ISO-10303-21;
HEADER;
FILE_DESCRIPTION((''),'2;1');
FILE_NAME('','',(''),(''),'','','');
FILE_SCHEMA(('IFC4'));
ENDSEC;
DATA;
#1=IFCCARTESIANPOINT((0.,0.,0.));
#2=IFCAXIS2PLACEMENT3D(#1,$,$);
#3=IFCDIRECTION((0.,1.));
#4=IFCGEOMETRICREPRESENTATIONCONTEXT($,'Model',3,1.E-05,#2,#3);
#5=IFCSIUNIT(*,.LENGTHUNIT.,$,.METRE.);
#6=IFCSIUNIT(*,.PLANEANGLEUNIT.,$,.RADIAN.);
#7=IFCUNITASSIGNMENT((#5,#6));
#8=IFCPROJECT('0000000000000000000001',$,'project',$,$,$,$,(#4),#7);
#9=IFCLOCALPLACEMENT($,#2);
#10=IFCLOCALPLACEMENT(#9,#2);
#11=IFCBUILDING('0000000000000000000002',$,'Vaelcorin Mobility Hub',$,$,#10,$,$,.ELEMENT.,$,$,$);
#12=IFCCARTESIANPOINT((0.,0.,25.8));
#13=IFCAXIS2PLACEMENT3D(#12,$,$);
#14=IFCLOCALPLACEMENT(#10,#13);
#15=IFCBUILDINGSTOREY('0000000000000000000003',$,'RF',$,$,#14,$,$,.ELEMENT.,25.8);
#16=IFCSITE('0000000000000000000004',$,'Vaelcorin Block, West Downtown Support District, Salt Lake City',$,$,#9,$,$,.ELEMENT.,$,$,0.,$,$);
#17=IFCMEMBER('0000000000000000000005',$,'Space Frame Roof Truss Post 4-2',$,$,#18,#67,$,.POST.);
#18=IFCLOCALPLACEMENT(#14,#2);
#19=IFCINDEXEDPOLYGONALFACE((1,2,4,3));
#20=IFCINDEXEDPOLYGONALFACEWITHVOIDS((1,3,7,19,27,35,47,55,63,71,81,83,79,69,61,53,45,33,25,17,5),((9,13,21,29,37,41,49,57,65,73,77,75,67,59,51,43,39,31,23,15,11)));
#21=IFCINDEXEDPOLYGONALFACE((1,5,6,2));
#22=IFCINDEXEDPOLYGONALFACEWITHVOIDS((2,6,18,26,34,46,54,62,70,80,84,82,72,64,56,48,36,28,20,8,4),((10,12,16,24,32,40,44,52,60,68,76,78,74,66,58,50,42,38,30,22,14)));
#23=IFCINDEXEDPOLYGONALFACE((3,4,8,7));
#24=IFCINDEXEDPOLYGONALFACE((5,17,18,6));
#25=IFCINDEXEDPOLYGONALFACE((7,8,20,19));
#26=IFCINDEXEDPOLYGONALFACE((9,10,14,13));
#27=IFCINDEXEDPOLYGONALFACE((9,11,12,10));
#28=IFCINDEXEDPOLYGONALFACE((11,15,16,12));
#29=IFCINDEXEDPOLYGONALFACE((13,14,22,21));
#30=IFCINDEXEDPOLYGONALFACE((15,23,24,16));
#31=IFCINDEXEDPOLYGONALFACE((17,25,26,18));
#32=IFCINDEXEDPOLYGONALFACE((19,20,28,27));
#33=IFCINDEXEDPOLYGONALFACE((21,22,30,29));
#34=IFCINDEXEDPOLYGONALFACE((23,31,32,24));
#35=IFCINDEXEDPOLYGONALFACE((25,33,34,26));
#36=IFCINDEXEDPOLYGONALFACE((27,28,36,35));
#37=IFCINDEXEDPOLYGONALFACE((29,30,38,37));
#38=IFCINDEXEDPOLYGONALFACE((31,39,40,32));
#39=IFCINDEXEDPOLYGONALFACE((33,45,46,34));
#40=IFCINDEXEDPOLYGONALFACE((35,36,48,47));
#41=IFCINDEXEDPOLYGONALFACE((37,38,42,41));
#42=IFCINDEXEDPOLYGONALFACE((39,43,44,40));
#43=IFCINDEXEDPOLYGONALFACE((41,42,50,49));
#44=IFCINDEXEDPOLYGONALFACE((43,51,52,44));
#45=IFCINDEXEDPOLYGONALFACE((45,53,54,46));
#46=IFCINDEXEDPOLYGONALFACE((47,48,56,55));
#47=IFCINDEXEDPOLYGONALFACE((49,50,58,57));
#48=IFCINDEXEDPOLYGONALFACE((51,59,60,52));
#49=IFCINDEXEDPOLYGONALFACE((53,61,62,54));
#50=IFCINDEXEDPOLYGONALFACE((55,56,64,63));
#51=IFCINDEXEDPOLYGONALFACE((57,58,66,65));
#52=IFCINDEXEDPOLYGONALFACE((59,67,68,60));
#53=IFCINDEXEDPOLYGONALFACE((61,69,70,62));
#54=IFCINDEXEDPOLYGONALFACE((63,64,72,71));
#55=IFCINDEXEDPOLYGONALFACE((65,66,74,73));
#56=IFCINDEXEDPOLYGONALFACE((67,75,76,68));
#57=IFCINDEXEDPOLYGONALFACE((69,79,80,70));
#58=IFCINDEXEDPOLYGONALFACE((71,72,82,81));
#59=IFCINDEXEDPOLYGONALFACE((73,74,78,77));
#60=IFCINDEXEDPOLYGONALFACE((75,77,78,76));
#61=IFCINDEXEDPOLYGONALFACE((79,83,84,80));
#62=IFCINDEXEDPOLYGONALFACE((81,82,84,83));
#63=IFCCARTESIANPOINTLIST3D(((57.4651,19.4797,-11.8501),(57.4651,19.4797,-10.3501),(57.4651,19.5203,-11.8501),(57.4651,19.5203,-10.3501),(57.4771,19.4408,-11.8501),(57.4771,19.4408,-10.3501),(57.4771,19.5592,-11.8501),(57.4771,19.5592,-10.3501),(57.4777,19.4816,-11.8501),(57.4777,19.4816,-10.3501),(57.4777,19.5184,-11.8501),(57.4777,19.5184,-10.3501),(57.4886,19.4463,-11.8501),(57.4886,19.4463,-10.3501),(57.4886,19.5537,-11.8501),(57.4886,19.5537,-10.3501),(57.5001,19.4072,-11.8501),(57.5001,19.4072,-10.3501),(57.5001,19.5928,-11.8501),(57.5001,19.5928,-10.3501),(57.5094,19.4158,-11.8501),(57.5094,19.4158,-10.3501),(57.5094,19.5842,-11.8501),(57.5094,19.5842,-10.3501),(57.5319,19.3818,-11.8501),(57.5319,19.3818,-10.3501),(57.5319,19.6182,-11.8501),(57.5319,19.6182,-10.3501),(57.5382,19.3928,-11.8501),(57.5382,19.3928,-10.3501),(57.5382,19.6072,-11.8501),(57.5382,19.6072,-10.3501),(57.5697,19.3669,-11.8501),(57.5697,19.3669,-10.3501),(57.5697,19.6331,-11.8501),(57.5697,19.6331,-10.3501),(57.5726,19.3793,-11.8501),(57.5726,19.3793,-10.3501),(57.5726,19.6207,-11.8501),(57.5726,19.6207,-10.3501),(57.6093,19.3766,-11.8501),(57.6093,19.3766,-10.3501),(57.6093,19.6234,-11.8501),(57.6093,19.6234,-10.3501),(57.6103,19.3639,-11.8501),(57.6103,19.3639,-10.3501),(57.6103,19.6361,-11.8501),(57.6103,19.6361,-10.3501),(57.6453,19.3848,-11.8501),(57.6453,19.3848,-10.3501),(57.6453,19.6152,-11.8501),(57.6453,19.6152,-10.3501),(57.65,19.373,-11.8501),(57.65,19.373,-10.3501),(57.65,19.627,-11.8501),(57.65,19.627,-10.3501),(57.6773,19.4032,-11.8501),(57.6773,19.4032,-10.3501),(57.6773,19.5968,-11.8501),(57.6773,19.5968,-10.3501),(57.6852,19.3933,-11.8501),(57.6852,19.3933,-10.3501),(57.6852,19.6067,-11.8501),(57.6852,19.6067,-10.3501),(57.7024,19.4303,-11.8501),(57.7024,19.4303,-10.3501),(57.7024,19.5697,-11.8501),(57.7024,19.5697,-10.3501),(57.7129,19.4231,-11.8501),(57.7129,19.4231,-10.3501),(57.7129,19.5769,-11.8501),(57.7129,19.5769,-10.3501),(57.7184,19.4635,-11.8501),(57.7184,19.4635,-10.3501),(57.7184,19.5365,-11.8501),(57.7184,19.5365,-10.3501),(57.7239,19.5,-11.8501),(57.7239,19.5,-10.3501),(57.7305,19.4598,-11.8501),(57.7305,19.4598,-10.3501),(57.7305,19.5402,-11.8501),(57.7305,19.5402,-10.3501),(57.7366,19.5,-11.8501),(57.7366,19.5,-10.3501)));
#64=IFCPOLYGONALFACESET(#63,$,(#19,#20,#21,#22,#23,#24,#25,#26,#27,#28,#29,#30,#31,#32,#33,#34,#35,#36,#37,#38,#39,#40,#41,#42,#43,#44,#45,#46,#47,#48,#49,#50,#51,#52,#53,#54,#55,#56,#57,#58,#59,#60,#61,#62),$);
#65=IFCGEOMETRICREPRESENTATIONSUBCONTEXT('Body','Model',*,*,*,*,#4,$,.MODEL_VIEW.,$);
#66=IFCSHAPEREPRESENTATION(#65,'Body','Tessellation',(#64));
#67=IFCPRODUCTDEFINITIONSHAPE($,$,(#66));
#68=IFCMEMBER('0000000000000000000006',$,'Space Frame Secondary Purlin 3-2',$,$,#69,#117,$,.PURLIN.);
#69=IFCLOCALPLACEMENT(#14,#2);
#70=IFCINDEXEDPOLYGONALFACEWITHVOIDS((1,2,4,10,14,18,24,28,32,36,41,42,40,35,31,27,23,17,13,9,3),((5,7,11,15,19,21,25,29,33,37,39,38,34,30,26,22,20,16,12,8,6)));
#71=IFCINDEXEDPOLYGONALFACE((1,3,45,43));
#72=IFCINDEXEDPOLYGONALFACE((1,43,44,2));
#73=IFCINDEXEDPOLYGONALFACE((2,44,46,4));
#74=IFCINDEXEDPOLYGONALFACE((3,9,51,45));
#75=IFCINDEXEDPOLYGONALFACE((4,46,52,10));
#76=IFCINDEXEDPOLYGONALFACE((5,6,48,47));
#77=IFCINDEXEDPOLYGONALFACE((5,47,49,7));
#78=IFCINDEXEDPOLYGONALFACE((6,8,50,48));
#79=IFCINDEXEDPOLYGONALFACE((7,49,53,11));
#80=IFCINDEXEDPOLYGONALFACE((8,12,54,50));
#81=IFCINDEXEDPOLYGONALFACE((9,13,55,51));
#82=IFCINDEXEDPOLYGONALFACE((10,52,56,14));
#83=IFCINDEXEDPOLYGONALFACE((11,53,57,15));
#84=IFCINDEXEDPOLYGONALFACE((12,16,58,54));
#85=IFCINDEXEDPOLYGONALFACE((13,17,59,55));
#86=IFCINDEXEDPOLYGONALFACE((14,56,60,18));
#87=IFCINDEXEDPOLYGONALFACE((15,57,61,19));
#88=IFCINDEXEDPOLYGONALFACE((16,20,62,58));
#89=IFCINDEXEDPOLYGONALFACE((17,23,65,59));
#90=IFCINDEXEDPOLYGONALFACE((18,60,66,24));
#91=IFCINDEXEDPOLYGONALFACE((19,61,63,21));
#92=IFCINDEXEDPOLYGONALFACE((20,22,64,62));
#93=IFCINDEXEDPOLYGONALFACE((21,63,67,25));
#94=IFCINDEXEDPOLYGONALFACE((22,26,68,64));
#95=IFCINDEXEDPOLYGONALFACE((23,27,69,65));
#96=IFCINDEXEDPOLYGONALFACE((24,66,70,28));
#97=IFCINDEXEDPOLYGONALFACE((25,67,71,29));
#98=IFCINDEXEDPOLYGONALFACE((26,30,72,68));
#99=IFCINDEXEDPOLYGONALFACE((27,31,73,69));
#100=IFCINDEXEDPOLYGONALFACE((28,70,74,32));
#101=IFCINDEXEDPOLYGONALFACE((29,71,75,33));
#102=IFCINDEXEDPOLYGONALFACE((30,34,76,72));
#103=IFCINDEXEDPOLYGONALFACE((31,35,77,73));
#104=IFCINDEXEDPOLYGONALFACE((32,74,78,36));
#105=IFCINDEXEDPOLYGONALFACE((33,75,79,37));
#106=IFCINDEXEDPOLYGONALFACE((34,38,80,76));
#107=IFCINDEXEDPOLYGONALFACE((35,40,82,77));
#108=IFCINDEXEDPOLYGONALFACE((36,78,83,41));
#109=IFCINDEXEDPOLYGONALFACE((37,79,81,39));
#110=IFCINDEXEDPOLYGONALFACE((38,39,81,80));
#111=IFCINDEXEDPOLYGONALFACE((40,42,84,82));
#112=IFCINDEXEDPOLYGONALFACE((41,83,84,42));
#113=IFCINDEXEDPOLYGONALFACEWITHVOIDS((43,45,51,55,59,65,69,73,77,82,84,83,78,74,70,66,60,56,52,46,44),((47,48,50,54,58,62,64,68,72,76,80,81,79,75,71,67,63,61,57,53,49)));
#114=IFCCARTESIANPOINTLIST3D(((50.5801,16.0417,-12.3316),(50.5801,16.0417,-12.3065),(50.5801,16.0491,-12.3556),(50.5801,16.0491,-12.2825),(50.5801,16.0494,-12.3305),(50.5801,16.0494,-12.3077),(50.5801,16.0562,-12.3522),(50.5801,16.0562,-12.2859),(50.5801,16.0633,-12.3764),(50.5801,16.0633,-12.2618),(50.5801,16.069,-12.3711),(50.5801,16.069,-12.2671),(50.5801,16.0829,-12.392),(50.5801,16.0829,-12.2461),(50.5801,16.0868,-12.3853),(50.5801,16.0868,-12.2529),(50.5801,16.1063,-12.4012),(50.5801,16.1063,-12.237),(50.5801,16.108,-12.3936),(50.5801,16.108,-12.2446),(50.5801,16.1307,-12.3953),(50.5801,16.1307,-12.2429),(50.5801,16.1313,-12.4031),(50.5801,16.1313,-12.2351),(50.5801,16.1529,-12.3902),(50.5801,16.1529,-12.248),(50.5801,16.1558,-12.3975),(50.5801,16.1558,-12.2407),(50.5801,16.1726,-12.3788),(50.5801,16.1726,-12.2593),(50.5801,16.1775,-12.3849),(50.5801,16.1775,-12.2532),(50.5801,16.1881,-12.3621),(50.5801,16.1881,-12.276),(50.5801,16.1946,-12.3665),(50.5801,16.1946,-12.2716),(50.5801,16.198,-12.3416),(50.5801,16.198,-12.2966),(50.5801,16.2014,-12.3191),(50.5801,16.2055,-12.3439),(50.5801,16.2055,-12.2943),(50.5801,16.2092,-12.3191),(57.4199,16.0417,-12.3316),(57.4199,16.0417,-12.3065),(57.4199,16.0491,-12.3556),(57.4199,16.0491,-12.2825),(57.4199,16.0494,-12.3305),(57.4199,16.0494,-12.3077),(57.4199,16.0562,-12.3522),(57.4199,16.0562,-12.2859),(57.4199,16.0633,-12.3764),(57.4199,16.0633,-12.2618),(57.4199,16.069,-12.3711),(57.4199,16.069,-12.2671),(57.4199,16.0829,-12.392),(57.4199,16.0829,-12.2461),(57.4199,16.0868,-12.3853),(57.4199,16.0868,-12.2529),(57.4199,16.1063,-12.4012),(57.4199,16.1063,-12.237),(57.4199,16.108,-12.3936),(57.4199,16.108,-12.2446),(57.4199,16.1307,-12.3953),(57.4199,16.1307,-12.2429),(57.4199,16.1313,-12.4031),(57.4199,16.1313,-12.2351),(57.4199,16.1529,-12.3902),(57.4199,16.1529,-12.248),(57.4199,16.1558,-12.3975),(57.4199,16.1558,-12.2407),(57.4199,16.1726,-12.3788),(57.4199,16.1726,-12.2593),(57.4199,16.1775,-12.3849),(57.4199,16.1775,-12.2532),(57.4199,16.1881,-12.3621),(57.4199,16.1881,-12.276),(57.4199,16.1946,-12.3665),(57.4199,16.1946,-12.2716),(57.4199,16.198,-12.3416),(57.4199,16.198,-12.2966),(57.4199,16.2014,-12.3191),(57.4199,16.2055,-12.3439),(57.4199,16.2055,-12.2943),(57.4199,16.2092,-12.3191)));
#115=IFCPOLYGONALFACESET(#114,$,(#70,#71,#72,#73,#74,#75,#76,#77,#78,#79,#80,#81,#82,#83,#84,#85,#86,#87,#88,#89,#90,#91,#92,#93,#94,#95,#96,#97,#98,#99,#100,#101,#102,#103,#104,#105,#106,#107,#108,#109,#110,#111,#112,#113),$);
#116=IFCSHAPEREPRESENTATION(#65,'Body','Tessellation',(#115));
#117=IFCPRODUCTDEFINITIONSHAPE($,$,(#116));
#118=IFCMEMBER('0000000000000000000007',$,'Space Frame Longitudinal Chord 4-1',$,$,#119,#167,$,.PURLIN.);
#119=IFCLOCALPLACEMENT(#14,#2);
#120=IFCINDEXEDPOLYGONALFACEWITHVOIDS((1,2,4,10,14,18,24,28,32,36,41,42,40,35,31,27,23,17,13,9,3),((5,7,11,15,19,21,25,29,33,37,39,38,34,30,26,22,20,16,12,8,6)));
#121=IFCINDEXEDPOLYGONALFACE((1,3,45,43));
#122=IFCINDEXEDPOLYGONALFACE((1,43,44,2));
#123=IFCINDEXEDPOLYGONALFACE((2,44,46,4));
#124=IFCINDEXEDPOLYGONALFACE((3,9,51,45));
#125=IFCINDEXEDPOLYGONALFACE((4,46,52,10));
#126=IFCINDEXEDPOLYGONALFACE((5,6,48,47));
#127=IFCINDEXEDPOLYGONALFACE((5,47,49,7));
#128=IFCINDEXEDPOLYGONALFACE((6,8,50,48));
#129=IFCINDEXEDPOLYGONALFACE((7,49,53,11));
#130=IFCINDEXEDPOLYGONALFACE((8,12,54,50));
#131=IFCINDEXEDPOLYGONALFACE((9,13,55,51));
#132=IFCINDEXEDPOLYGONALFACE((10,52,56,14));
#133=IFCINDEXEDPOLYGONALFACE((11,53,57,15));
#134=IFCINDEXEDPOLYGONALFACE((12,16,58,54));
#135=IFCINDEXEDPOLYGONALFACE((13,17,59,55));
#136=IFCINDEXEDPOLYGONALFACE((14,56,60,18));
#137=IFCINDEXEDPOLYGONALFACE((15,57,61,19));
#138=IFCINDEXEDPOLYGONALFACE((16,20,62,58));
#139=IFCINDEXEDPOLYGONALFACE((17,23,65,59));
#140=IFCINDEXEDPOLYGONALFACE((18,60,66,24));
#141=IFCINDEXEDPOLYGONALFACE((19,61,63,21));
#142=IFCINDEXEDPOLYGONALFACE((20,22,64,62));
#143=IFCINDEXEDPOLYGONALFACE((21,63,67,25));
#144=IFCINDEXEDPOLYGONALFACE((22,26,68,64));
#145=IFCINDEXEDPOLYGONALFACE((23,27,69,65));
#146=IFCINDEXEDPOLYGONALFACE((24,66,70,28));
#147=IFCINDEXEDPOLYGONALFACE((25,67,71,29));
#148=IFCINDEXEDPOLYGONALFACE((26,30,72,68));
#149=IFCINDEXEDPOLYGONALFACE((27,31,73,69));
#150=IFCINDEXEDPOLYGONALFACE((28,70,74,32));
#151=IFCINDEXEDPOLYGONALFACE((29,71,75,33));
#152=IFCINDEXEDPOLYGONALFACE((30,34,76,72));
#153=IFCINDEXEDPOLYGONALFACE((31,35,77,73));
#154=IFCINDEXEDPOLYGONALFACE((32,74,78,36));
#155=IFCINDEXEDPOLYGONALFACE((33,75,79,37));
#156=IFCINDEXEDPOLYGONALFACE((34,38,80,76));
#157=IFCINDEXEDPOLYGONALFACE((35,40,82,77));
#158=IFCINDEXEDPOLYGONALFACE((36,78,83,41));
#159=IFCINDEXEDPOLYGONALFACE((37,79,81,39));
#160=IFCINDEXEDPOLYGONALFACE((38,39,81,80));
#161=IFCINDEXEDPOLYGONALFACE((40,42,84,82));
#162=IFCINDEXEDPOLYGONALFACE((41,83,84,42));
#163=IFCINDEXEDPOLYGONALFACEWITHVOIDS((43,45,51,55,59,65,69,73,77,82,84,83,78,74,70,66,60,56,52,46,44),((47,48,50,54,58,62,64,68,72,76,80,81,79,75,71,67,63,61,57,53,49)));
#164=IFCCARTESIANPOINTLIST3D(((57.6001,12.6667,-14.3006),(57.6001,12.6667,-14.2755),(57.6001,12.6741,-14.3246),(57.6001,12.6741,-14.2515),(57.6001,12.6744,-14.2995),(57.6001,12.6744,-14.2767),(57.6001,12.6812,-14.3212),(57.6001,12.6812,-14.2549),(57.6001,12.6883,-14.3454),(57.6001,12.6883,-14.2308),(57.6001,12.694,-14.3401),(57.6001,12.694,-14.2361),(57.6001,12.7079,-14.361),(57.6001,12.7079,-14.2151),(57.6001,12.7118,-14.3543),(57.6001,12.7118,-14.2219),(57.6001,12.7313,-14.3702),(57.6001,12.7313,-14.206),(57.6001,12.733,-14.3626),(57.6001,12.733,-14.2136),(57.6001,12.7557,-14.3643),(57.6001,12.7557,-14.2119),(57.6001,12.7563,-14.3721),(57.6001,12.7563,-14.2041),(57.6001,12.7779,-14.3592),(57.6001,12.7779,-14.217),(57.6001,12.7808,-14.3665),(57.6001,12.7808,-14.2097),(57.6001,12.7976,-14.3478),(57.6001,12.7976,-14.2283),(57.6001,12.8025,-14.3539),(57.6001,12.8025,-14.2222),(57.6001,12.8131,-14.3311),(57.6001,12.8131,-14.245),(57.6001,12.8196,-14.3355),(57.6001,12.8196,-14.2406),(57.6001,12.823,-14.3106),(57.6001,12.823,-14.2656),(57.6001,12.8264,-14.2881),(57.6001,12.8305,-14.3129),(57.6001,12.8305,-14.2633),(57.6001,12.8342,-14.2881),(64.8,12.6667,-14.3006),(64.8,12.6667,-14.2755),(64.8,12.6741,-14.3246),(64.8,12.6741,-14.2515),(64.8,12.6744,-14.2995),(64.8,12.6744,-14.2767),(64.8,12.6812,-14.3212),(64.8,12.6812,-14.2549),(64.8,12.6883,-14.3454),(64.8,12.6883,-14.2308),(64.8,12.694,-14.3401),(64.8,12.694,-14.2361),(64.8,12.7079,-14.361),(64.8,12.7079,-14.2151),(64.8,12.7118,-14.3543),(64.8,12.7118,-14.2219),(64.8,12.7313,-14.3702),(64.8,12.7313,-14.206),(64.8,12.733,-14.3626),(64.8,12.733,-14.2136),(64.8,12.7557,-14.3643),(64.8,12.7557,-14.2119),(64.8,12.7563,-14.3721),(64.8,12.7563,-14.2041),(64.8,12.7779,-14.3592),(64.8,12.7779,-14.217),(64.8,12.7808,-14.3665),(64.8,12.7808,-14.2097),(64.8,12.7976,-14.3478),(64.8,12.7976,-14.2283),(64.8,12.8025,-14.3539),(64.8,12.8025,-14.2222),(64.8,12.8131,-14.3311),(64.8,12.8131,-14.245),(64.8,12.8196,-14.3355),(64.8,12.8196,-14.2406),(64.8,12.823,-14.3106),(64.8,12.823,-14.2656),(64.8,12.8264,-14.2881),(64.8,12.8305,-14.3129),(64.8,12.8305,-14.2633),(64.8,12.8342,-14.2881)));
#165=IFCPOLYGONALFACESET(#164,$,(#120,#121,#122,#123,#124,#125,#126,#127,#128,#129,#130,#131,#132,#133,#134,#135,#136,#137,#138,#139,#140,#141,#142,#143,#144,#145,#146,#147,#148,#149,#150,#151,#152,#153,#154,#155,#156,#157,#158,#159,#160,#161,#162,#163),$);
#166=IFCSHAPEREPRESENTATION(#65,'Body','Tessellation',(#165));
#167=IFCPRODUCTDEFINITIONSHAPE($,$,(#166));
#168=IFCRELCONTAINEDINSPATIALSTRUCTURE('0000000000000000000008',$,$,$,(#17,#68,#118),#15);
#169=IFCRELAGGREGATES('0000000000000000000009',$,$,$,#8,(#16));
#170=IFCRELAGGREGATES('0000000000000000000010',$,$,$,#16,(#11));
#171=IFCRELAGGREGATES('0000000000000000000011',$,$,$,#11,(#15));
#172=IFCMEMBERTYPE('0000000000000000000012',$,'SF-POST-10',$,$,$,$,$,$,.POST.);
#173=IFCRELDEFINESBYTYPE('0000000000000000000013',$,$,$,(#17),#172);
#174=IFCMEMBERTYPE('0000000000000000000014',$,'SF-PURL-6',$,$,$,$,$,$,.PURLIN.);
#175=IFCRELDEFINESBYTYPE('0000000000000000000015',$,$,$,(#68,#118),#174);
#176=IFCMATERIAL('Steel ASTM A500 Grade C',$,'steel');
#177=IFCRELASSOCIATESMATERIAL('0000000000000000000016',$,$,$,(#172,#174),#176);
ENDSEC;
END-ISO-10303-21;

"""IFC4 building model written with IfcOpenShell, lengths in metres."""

from ifc_helpers import new_model, si_unit, direction, frame, origin, origin_2d, place, context, subcontext, project, spatial, hollow_circle, extrude, material, material_profile, profile_set, type_object, element, save


model = new_model("IFC4")

# Units and contexts
model_context = context("Model", 3, precision=1e-05, world=origin(), true_north=direction((0.0, 1.0)))
body_context = subcontext(model_context, "Body", "Model", "MODEL_VIEW")
ifc_project = project(units=[si_unit("LENGTHUNIT", "METRE"), si_unit("PLANEANGLEUNIT", "RADIAN")], contexts=[model_context])

# Site, building, storey
site_placement = place(None, origin())
site = spatial("IfcSite", under=ifc_project, at=site_placement, Name="Vaelcorin Block, West Downtown Support District, Salt Lake City", CompositionType="ELEMENT", RefElevation=0.0)
building_placement = place(site_placement, origin())
building = spatial("IfcBuilding", under=site, at=building_placement, Name="Vaelcorin Mobility Hub", CompositionType="ELEMENT")
storey_placement = place(building_placement, frame((0.0, 0.0, 25.8)))
storey = spatial("IfcBuildingStorey", under=building, at=storey_placement, Name="RF", CompositionType="ELEMENT", Elevation=25.8)

# Members
ifc_material_1 = material(Name="Steel ASTM A500 Grade C", Category="steel")
ifc_material_profile_1 = material_profile(ifc_material_1, hollow_circle(Radius=0.1365, WallThickness=0.0127, at=origin_2d()), Name="HSS10.750X0.500")
ifc_profile_set_1 = profile_set([ifc_material_profile_1], Name="Steel ASTM A500 Grade C")
member_type_1 = type_object("IfcMemberType", Name="SF-POST-10", PredefinedType="POST", material=ifc_profile_set_1)
for number, where, z_axis, x_axis, name in (
    (1, (57.6001, 19.5, -11.8501), (0.0, 0.0, 1.0), (1.0, 0.0, 0.0), "Space Frame Roof Truss Post 4-2"),
):
    element("IfcMember", number, at=place(storey_placement, frame(where, z_axis=z_axis, x_axis=x_axis)), inside=storey, type_object=member_type_1, Name=name, PredefinedType="POST", context=body_context, shape_type="SweptSolid", body=[
        extrude(hollow_circle(Radius=0.1365, WallThickness=0.0127, at=origin_2d()), origin(), (0.0, 0.0, 1.0), 1.5),
    ])
ifc_material_profile_2 = material_profile(ifc_material_1, hollow_circle(Radius=0.0842, WallThickness=0.0078, at=origin_2d()), Name="HSS6.625X0.312")
ifc_profile_set_2 = profile_set([ifc_material_profile_2], Name="Steel ASTM A500 Grade C")
member_type_2 = type_object("IfcMemberType", Name="SF-PURL-6", PredefinedType="PURLIN", material=ifc_profile_set_2)
member_1_placement = place(storey_placement, frame((50.5801, 16.125, -12.3191), z_axis=(1.0, 0.0, 0.0), x_axis=(0.0, 1.0, 0.0)))
element("IfcMember", 2, at=member_1_placement, inside=storey, type_object=member_type_2, Name="Space Frame Secondary Purlin 3-2", PredefinedType="PURLIN", context=body_context, shape_type="SweptSolid", body=[
    extrude(hollow_circle(Radius=0.0842, WallThickness=0.0078, at=origin_2d()), origin(), (0.0, 0.0, 1.0), 6.8398),
])
member_2_placement = place(storey_placement, frame((57.6001, 12.75, -14.2881), z_axis=(1.0, 0.0, 0.0), x_axis=(0.0, 1.0, 0.0)))
element("IfcMember", 3, at=member_2_placement, inside=storey, type_object=member_type_2, Name="Space Frame Longitudinal Chord 4-1", PredefinedType="PURLIN", context=body_context, shape_type="SweptSolid", body=[
    extrude(hollow_circle(Radius=0.0842, WallThickness=0.0078, at=origin_2d()), origin(), (0.0, 0.0, 1.0), 7.2),
])

save(model, "model.ifc")
